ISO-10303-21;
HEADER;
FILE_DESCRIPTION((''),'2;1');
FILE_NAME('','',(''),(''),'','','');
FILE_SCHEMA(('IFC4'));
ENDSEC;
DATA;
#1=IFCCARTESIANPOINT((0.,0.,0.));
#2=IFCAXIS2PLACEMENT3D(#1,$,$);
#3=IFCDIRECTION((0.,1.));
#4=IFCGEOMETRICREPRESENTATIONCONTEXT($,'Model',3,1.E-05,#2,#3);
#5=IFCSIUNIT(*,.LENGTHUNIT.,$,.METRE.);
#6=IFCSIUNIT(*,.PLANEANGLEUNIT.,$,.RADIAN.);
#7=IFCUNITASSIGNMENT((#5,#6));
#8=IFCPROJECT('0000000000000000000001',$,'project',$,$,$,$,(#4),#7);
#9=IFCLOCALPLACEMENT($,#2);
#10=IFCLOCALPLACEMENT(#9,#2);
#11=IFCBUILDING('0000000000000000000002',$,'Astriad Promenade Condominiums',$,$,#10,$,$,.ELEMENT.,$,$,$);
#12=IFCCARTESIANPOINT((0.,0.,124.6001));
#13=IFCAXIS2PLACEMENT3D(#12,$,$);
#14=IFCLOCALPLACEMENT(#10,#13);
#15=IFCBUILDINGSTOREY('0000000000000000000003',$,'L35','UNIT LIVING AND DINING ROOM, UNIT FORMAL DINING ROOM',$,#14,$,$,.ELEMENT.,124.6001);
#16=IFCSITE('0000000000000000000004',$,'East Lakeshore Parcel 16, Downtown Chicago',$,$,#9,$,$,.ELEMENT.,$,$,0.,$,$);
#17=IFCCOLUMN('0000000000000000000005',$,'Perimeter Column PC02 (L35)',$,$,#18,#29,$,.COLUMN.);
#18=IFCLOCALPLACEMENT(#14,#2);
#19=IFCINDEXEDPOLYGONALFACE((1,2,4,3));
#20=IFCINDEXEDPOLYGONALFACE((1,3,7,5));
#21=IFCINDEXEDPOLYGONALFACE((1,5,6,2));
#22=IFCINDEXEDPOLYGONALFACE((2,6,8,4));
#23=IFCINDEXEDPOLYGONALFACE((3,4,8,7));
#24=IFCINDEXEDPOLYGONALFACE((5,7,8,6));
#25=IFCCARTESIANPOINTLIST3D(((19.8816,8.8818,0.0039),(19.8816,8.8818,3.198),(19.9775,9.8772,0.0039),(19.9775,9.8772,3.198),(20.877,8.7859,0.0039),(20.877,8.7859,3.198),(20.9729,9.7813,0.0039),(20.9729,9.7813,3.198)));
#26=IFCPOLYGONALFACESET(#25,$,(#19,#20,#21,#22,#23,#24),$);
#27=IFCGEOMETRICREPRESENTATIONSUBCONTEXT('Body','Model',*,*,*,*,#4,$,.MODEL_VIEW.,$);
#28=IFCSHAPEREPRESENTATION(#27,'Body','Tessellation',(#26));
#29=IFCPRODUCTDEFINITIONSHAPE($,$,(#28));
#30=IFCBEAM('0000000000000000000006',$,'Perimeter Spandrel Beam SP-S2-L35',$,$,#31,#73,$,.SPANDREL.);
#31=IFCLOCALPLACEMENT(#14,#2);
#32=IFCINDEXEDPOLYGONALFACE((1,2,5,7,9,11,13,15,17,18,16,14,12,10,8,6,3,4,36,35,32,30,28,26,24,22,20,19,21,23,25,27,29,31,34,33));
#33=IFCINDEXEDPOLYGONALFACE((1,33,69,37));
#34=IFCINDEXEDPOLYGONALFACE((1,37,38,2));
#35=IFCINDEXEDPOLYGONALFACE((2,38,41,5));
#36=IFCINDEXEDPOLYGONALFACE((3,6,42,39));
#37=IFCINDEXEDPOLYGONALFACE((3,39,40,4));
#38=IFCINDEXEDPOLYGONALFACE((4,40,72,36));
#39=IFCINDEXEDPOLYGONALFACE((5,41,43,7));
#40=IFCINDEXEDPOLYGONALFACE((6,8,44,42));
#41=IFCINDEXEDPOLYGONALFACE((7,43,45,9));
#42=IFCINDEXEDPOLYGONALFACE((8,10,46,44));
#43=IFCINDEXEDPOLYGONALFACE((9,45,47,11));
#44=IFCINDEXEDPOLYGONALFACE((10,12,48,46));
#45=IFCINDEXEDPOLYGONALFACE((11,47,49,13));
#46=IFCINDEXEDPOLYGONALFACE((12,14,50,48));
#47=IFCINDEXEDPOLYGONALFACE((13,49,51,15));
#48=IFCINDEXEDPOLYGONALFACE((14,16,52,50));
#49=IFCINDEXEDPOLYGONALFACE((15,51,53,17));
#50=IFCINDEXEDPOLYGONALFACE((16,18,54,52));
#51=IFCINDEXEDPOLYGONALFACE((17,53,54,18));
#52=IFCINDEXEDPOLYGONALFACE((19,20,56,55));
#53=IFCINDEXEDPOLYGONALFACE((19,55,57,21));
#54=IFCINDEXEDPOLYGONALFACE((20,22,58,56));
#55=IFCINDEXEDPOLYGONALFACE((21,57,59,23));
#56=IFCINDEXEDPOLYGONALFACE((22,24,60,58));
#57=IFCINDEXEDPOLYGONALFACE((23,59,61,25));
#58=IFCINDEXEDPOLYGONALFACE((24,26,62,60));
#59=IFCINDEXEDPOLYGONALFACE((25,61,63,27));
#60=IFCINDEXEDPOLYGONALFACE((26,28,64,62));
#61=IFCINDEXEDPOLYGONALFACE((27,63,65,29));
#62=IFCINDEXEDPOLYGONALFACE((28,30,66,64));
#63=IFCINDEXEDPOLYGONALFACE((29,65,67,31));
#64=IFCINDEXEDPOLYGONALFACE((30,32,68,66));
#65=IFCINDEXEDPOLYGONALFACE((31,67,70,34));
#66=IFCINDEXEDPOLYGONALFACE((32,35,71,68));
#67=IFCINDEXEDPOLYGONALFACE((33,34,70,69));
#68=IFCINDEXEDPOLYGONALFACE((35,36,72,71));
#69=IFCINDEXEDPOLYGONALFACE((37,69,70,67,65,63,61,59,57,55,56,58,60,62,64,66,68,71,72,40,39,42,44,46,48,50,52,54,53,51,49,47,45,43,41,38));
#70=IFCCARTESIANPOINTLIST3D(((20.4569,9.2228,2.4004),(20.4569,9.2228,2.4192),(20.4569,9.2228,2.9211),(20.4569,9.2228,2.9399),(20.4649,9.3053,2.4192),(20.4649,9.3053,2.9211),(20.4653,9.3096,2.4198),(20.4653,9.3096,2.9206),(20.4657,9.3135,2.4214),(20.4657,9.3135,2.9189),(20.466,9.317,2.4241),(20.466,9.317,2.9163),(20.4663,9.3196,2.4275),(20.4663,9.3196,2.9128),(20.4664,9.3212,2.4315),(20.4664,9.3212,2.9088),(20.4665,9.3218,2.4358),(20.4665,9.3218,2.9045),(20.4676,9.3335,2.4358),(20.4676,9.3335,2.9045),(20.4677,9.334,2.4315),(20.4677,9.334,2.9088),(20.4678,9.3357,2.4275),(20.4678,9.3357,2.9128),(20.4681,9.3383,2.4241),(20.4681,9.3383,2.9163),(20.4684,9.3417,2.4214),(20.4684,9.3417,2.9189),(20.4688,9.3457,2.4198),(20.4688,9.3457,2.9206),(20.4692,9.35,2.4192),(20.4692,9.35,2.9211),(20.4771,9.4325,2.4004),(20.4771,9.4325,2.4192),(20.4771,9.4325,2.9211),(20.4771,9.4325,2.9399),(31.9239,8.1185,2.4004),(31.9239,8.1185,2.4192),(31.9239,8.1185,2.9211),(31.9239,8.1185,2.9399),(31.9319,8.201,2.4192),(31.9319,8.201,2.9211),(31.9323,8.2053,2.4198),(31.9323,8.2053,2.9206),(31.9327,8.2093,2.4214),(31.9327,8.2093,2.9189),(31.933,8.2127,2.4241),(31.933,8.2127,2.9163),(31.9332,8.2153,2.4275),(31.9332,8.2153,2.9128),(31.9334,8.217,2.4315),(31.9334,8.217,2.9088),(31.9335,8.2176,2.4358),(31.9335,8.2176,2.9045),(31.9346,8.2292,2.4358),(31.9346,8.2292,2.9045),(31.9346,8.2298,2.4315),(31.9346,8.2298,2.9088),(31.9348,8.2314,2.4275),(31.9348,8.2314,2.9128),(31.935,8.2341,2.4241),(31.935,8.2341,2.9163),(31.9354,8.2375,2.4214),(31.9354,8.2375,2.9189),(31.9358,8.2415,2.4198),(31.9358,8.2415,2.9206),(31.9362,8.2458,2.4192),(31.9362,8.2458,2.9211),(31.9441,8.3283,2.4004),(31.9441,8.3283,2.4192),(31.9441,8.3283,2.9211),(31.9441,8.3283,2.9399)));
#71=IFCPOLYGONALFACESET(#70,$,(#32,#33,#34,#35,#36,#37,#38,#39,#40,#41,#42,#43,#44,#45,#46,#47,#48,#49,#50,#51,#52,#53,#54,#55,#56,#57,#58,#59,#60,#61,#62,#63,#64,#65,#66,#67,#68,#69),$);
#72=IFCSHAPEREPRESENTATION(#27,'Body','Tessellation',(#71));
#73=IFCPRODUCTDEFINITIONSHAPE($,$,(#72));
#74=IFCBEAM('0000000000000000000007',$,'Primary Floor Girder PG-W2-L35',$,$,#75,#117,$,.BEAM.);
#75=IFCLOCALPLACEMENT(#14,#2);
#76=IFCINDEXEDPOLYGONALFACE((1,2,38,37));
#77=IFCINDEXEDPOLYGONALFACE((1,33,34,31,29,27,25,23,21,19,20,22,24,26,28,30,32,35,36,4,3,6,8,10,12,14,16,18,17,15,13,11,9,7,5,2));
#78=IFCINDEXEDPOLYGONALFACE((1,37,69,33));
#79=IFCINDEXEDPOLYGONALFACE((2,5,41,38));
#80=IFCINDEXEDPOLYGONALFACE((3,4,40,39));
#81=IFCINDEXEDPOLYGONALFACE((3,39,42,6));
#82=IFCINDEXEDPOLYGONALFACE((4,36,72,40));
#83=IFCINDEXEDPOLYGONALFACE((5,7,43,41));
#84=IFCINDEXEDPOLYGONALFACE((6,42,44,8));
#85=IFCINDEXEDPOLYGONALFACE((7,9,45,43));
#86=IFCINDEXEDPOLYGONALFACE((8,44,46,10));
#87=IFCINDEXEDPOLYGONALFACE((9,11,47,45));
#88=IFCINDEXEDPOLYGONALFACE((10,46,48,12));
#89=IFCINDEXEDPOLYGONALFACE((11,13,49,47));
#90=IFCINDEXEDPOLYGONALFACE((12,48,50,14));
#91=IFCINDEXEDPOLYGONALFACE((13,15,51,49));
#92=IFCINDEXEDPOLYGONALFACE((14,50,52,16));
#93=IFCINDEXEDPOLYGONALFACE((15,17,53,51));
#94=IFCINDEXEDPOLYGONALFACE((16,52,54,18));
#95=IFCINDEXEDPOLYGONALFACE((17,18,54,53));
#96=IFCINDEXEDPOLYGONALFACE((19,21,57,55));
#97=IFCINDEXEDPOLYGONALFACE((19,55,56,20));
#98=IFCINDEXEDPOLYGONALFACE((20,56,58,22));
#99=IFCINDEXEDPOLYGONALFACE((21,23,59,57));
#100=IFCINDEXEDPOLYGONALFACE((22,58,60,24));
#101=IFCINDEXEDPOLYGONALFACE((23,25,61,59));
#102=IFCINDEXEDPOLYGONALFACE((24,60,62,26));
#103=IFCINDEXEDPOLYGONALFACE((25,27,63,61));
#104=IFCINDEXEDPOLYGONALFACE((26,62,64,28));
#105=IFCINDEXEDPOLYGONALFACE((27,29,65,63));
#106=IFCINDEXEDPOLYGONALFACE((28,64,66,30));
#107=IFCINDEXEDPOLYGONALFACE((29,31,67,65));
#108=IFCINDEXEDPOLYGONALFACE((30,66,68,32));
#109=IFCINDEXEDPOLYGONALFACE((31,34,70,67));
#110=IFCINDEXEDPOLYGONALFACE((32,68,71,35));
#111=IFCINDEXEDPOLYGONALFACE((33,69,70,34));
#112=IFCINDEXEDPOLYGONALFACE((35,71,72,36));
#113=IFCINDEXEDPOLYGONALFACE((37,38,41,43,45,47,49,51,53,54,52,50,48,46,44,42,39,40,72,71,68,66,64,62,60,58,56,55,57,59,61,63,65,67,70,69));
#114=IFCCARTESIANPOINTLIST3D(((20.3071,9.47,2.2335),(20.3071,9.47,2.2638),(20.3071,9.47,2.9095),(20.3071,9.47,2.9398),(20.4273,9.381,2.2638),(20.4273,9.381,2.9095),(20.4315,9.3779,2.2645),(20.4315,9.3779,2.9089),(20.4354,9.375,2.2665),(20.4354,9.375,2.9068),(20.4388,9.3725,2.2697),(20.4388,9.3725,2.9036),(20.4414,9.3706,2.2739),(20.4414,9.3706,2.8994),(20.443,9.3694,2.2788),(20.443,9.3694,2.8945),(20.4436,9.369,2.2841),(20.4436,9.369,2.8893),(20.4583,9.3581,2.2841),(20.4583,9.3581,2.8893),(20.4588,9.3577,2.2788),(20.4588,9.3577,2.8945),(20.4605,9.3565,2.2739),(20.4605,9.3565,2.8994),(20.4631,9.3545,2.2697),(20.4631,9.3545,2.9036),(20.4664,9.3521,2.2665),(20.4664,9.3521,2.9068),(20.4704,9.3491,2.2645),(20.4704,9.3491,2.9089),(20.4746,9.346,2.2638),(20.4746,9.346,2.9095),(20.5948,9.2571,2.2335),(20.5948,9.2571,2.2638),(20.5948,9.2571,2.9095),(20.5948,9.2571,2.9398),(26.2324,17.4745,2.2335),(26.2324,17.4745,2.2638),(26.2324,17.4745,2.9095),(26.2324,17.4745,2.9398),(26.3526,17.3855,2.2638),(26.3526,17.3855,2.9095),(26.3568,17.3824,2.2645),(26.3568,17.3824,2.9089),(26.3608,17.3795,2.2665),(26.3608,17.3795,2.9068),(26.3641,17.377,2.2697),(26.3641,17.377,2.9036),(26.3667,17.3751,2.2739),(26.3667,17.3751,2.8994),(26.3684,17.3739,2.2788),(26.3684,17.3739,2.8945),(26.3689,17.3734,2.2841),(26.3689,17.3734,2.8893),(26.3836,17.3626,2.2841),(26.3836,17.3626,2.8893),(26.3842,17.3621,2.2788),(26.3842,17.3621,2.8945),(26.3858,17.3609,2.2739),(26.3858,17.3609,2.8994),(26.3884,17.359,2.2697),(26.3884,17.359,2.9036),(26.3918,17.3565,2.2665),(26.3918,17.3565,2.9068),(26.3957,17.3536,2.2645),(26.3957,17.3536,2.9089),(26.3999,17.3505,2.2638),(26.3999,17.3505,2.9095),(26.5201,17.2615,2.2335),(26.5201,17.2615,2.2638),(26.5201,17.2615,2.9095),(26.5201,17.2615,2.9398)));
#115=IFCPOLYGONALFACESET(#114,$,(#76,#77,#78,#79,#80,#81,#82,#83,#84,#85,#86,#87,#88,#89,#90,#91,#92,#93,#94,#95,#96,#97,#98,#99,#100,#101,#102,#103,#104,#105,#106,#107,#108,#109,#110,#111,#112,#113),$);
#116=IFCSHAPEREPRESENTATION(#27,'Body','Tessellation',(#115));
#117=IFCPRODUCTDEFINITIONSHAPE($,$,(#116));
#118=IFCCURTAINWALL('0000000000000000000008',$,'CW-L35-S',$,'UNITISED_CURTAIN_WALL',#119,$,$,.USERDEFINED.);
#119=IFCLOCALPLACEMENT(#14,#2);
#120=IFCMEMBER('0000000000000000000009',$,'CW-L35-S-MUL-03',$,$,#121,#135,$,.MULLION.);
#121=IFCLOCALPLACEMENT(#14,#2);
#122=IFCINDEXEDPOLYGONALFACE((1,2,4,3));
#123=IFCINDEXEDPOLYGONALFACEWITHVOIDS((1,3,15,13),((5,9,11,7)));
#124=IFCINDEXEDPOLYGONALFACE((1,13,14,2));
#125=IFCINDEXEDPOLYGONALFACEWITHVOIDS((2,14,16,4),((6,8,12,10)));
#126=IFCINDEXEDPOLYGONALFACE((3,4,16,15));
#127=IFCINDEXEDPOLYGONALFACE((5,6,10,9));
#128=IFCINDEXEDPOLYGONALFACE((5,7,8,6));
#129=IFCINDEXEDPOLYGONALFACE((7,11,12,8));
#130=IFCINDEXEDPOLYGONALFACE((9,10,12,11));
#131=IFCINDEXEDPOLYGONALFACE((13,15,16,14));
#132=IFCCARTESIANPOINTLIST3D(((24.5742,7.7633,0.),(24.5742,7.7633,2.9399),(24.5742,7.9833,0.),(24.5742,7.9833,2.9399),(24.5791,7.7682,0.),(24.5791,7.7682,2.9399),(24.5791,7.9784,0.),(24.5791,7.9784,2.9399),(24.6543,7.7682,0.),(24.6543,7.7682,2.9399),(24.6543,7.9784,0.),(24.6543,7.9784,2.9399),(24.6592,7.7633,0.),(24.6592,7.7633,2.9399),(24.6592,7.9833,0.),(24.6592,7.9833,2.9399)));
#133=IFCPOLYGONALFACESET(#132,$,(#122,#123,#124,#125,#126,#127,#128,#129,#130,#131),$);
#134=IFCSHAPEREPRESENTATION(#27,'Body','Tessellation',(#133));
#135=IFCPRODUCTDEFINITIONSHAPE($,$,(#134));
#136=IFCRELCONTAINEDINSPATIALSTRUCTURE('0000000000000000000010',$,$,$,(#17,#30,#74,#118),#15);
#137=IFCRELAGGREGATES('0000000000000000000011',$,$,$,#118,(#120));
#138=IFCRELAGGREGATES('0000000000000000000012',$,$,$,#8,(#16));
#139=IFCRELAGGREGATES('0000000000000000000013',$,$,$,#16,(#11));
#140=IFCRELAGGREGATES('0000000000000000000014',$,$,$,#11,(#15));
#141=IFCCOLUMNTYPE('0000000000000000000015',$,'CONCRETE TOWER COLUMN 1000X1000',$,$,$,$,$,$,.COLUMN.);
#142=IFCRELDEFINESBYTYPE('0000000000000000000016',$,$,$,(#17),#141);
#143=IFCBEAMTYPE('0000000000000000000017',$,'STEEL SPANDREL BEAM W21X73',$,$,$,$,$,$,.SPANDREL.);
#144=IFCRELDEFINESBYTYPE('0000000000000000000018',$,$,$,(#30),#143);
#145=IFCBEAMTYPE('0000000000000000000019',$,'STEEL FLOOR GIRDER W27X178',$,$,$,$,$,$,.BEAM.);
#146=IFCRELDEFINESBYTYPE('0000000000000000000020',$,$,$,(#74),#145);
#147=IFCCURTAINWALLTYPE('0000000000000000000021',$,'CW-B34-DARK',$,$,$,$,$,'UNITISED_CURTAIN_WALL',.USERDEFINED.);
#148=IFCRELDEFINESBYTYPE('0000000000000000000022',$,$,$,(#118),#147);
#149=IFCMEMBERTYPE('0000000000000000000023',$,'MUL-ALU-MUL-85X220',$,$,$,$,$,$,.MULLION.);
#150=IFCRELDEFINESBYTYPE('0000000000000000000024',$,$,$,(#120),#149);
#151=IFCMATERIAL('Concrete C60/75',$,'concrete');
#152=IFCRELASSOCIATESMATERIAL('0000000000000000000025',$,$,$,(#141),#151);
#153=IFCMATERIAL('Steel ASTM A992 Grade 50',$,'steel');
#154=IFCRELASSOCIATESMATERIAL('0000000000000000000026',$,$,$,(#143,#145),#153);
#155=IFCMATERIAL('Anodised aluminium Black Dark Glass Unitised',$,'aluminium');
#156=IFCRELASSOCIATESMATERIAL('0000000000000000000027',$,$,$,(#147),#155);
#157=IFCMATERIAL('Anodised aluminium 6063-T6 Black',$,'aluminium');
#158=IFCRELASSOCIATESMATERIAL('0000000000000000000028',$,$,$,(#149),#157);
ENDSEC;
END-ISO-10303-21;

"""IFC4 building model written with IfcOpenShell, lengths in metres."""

from ifc_helpers import new_model, si_unit, direction, frame, origin, origin_2d, place, context, subcontext, project, spatial, rectangle, hollow_rectangle, i_section, extrude, source, transform, mapped, material, material_profile, profile_set, type_object, type_shapes, element, aggregate, save


model = new_model("IFC4")

# Units and contexts
model_context = context("Model", 3, precision=1e-05, world=origin(), true_north=direction((0.0, 1.0)))
body_context = subcontext(model_context, "Body", "Model", "MODEL_VIEW")
ifc_project = project(units=[si_unit("LENGTHUNIT", "METRE"), si_unit("PLANEANGLEUNIT", "RADIAN")], contexts=[model_context])

# Site, building, storey
site_placement = place(None, origin())
site = spatial("IfcSite", under=ifc_project, at=site_placement, Name="East Lakeshore Parcel 16, Downtown Chicago", CompositionType="ELEMENT", RefElevation=0.0)
building_placement = place(site_placement, origin())
building = spatial("IfcBuilding", under=site, at=building_placement, Name="Astriad Promenade Condominiums", CompositionType="ELEMENT")
storey_placement = place(building_placement, frame((0.0, 0.0, 124.6001)))
storey = spatial("IfcBuildingStorey", under=building, at=storey_placement, Name="L35", Description="UNIT LIVING AND DINING ROOM, UNIT FORMAL DINING ROOM", CompositionType="ELEMENT", Elevation=124.6001)

# Column
ifc_material_1 = material(Name="Concrete C60/75", Category="concrete")
ifc_material_profile_1 = material_profile(ifc_material_1, rectangle(XDim=1.0, YDim=1.0, at=origin_2d()), Name="RC-COL-1000X1000")
ifc_profile_set_1 = profile_set([ifc_material_profile_1], Name="Concrete C60/75")
column_type = type_object("IfcColumnType", Name="CONCRETE TOWER COLUMN 1000X1000", PredefinedType="COLUMN", material=ifc_profile_set_1)
shared_shape_1 = source(origin(), body_context, "Body", "SweptSolid", [
    extrude(rectangle(XDim=1.0, YDim=1.0, at=origin_2d()), origin(), (0.0, 0.0, 1.0), 3.1941),
])
type_shapes(column_type, [shared_shape_1])
column_placement = place(storey_placement, frame((20.4272, 9.3315, 0.0039), z_axis=(0.0, 0.0, 1.0), x_axis=(0.995396, -0.095846, 0.0)))
element("IfcColumn", 1, at=column_placement, inside=storey, type_object=column_type, Name="Perimeter Column PC02 (L35)", PredefinedType="COLUMN", context=body_context, shape_type="MappedRepresentation", body=[
    mapped(shared_shape_1, transform((0.0, 0.0, 0.0), scale=1.0)),
])

# Beams
ifc_material_2 = material(Name="Steel ASTM A992 Grade 50", Category="steel")
ifc_material_profile_2 = material_profile(ifc_material_2, i_section(OverallWidth=0.2107, OverallDepth=0.5396, WebThickness=0.0117, FlangeThickness=0.0188, FilletRadius=0.0166, at=origin_2d()), Name="W21X73")
ifc_profile_set_2 = profile_set([ifc_material_profile_2], Name="Steel ASTM A992 Grade 50")
beam_type_1 = type_object("IfcBeamType", Name="STEEL SPANDREL BEAM W21X73", PredefinedType="SPANDREL", material=ifc_profile_set_2)
shared_shape_2 = source(origin(), body_context, "Body", "SweptSolid", [
    extrude(i_section(OverallWidth=0.2107, OverallDepth=0.5396, WebThickness=0.0117, FlangeThickness=0.0188, FilletRadius=0.0166, at=origin_2d()), origin(), (0.0, 0.0, 1.0), 11.52),
])
type_shapes(beam_type_1, [shared_shape_2])
beam_1_placement = place(storey_placement, frame((20.467, 9.3276, 2.6702), z_axis=(0.995395, -0.095854, 0.0), x_axis=(0.095854, 0.995395, 0.0)))
element("IfcBeam", 2, at=beam_1_placement, inside=storey, type_object=beam_type_1, Name="Perimeter Spandrel Beam SP-S2-L35", PredefinedType="SPANDREL", context=body_context, shape_type="MappedRepresentation", body=[
    mapped(shared_shape_2, transform((0.0, 0.0, 0.0), scale=1.0)),
])
ifc_material_profile_3 = material_profile(ifc_material_2, i_section(OverallWidth=0.3579, OverallDepth=0.7063, WebThickness=0.0183, FlangeThickness=0.0303, FilletRadius=0.0203, at=origin_2d()), Name="W27X178")
ifc_profile_set_3 = profile_set([ifc_material_profile_3], Name="Steel ASTM A992 Grade 50")
beam_type_2 = type_object("IfcBeamType", Name="STEEL FLOOR GIRDER W27X178", PredefinedType="BEAM", material=ifc_profile_set_3)
shared_shape_3 = source(origin(), body_context, "Body", "SweptSolid", [
    extrude(i_section(OverallWidth=0.3579, OverallDepth=0.7063, WebThickness=0.0183, FlangeThickness=0.0303, FilletRadius=0.0203, at=origin_2d()), origin(), (0.0, 0.0, 1.0), 9.959),
])
type_shapes(beam_type_2, [shared_shape_3])
beam_2_placement = place(storey_placement, frame((20.4509, 9.3635, 2.5867), z_axis=(0.594975, 0.803744, 0.0), x_axis=(-0.803744, 0.594975, 0.0)))
element("IfcBeam", 3, at=beam_2_placement, inside=storey, type_object=beam_type_2, Name="Primary Floor Girder PG-W2-L35", PredefinedType="BEAM", context=body_context, shape_type="MappedRepresentation", body=[
    mapped(shared_shape_3, transform((0.0, 0.0, 0.0), scale=1.0)),
])

# Curtain wall, member
ifc_material_3 = material(Name="Anodised aluminium Black Dark Glass Unitised", Category="aluminium")
curtain_wall_type = type_object("IfcCurtainWallType", Name="CW-B34-DARK", ElementType="UNITISED_CURTAIN_WALL", PredefinedType="USERDEFINED", material=ifc_material_3)
curtain_wall_placement = place(storey_placement, origin())
curtain_wall = element("IfcCurtainWall", 4, at=curtain_wall_placement, inside=storey, type_object=curtain_wall_type, Name="CW-L35-S", ObjectType="UNITISED_CURTAIN_WALL", PredefinedType="USERDEFINED")
ifc_material_4 = material(Name="Anodised aluminium 6063-T6 Black", Category="aluminium")
ifc_material_profile_4 = material_profile(ifc_material_4, hollow_rectangle(XDim=0.085, YDim=0.22, WallThickness=0.0049, at=origin_2d()), Name="ALU-MUL-85X220")
ifc_profile_set_4 = profile_set([ifc_material_profile_4], Name="Anodised aluminium 6063-T6 Black")
member_type = type_object("IfcMemberType", Name="MUL-ALU-MUL-85X220", PredefinedType="MULLION", material=ifc_profile_set_4)
shared_shape_4 = source(origin(), body_context, "Body", "SweptSolid", [
    extrude(hollow_rectangle(XDim=0.085, YDim=0.22, WallThickness=0.0049, at=origin_2d()), origin(), (0.0, 0.0, 1.0), 2.9399),
])
type_shapes(member_type, [shared_shape_4])
member_placement = place(storey_placement, frame((24.6167, 7.8733, 0.0), z_axis=(0.0, 0.0, 1.0), x_axis=(1.0, 0.0, 0.0)))
member = element("IfcMember", 5, at=member_placement, type_object=member_type, Name="CW-L35-S-MUL-03", PredefinedType="MULLION", context=body_context, shape_type="MappedRepresentation", body=[
    mapped(shared_shape_4, transform((0.0, 0.0, 0.0), scale=1.0)),
])
aggregate(curtain_wall, [member])

save(model, "model.ifc")
